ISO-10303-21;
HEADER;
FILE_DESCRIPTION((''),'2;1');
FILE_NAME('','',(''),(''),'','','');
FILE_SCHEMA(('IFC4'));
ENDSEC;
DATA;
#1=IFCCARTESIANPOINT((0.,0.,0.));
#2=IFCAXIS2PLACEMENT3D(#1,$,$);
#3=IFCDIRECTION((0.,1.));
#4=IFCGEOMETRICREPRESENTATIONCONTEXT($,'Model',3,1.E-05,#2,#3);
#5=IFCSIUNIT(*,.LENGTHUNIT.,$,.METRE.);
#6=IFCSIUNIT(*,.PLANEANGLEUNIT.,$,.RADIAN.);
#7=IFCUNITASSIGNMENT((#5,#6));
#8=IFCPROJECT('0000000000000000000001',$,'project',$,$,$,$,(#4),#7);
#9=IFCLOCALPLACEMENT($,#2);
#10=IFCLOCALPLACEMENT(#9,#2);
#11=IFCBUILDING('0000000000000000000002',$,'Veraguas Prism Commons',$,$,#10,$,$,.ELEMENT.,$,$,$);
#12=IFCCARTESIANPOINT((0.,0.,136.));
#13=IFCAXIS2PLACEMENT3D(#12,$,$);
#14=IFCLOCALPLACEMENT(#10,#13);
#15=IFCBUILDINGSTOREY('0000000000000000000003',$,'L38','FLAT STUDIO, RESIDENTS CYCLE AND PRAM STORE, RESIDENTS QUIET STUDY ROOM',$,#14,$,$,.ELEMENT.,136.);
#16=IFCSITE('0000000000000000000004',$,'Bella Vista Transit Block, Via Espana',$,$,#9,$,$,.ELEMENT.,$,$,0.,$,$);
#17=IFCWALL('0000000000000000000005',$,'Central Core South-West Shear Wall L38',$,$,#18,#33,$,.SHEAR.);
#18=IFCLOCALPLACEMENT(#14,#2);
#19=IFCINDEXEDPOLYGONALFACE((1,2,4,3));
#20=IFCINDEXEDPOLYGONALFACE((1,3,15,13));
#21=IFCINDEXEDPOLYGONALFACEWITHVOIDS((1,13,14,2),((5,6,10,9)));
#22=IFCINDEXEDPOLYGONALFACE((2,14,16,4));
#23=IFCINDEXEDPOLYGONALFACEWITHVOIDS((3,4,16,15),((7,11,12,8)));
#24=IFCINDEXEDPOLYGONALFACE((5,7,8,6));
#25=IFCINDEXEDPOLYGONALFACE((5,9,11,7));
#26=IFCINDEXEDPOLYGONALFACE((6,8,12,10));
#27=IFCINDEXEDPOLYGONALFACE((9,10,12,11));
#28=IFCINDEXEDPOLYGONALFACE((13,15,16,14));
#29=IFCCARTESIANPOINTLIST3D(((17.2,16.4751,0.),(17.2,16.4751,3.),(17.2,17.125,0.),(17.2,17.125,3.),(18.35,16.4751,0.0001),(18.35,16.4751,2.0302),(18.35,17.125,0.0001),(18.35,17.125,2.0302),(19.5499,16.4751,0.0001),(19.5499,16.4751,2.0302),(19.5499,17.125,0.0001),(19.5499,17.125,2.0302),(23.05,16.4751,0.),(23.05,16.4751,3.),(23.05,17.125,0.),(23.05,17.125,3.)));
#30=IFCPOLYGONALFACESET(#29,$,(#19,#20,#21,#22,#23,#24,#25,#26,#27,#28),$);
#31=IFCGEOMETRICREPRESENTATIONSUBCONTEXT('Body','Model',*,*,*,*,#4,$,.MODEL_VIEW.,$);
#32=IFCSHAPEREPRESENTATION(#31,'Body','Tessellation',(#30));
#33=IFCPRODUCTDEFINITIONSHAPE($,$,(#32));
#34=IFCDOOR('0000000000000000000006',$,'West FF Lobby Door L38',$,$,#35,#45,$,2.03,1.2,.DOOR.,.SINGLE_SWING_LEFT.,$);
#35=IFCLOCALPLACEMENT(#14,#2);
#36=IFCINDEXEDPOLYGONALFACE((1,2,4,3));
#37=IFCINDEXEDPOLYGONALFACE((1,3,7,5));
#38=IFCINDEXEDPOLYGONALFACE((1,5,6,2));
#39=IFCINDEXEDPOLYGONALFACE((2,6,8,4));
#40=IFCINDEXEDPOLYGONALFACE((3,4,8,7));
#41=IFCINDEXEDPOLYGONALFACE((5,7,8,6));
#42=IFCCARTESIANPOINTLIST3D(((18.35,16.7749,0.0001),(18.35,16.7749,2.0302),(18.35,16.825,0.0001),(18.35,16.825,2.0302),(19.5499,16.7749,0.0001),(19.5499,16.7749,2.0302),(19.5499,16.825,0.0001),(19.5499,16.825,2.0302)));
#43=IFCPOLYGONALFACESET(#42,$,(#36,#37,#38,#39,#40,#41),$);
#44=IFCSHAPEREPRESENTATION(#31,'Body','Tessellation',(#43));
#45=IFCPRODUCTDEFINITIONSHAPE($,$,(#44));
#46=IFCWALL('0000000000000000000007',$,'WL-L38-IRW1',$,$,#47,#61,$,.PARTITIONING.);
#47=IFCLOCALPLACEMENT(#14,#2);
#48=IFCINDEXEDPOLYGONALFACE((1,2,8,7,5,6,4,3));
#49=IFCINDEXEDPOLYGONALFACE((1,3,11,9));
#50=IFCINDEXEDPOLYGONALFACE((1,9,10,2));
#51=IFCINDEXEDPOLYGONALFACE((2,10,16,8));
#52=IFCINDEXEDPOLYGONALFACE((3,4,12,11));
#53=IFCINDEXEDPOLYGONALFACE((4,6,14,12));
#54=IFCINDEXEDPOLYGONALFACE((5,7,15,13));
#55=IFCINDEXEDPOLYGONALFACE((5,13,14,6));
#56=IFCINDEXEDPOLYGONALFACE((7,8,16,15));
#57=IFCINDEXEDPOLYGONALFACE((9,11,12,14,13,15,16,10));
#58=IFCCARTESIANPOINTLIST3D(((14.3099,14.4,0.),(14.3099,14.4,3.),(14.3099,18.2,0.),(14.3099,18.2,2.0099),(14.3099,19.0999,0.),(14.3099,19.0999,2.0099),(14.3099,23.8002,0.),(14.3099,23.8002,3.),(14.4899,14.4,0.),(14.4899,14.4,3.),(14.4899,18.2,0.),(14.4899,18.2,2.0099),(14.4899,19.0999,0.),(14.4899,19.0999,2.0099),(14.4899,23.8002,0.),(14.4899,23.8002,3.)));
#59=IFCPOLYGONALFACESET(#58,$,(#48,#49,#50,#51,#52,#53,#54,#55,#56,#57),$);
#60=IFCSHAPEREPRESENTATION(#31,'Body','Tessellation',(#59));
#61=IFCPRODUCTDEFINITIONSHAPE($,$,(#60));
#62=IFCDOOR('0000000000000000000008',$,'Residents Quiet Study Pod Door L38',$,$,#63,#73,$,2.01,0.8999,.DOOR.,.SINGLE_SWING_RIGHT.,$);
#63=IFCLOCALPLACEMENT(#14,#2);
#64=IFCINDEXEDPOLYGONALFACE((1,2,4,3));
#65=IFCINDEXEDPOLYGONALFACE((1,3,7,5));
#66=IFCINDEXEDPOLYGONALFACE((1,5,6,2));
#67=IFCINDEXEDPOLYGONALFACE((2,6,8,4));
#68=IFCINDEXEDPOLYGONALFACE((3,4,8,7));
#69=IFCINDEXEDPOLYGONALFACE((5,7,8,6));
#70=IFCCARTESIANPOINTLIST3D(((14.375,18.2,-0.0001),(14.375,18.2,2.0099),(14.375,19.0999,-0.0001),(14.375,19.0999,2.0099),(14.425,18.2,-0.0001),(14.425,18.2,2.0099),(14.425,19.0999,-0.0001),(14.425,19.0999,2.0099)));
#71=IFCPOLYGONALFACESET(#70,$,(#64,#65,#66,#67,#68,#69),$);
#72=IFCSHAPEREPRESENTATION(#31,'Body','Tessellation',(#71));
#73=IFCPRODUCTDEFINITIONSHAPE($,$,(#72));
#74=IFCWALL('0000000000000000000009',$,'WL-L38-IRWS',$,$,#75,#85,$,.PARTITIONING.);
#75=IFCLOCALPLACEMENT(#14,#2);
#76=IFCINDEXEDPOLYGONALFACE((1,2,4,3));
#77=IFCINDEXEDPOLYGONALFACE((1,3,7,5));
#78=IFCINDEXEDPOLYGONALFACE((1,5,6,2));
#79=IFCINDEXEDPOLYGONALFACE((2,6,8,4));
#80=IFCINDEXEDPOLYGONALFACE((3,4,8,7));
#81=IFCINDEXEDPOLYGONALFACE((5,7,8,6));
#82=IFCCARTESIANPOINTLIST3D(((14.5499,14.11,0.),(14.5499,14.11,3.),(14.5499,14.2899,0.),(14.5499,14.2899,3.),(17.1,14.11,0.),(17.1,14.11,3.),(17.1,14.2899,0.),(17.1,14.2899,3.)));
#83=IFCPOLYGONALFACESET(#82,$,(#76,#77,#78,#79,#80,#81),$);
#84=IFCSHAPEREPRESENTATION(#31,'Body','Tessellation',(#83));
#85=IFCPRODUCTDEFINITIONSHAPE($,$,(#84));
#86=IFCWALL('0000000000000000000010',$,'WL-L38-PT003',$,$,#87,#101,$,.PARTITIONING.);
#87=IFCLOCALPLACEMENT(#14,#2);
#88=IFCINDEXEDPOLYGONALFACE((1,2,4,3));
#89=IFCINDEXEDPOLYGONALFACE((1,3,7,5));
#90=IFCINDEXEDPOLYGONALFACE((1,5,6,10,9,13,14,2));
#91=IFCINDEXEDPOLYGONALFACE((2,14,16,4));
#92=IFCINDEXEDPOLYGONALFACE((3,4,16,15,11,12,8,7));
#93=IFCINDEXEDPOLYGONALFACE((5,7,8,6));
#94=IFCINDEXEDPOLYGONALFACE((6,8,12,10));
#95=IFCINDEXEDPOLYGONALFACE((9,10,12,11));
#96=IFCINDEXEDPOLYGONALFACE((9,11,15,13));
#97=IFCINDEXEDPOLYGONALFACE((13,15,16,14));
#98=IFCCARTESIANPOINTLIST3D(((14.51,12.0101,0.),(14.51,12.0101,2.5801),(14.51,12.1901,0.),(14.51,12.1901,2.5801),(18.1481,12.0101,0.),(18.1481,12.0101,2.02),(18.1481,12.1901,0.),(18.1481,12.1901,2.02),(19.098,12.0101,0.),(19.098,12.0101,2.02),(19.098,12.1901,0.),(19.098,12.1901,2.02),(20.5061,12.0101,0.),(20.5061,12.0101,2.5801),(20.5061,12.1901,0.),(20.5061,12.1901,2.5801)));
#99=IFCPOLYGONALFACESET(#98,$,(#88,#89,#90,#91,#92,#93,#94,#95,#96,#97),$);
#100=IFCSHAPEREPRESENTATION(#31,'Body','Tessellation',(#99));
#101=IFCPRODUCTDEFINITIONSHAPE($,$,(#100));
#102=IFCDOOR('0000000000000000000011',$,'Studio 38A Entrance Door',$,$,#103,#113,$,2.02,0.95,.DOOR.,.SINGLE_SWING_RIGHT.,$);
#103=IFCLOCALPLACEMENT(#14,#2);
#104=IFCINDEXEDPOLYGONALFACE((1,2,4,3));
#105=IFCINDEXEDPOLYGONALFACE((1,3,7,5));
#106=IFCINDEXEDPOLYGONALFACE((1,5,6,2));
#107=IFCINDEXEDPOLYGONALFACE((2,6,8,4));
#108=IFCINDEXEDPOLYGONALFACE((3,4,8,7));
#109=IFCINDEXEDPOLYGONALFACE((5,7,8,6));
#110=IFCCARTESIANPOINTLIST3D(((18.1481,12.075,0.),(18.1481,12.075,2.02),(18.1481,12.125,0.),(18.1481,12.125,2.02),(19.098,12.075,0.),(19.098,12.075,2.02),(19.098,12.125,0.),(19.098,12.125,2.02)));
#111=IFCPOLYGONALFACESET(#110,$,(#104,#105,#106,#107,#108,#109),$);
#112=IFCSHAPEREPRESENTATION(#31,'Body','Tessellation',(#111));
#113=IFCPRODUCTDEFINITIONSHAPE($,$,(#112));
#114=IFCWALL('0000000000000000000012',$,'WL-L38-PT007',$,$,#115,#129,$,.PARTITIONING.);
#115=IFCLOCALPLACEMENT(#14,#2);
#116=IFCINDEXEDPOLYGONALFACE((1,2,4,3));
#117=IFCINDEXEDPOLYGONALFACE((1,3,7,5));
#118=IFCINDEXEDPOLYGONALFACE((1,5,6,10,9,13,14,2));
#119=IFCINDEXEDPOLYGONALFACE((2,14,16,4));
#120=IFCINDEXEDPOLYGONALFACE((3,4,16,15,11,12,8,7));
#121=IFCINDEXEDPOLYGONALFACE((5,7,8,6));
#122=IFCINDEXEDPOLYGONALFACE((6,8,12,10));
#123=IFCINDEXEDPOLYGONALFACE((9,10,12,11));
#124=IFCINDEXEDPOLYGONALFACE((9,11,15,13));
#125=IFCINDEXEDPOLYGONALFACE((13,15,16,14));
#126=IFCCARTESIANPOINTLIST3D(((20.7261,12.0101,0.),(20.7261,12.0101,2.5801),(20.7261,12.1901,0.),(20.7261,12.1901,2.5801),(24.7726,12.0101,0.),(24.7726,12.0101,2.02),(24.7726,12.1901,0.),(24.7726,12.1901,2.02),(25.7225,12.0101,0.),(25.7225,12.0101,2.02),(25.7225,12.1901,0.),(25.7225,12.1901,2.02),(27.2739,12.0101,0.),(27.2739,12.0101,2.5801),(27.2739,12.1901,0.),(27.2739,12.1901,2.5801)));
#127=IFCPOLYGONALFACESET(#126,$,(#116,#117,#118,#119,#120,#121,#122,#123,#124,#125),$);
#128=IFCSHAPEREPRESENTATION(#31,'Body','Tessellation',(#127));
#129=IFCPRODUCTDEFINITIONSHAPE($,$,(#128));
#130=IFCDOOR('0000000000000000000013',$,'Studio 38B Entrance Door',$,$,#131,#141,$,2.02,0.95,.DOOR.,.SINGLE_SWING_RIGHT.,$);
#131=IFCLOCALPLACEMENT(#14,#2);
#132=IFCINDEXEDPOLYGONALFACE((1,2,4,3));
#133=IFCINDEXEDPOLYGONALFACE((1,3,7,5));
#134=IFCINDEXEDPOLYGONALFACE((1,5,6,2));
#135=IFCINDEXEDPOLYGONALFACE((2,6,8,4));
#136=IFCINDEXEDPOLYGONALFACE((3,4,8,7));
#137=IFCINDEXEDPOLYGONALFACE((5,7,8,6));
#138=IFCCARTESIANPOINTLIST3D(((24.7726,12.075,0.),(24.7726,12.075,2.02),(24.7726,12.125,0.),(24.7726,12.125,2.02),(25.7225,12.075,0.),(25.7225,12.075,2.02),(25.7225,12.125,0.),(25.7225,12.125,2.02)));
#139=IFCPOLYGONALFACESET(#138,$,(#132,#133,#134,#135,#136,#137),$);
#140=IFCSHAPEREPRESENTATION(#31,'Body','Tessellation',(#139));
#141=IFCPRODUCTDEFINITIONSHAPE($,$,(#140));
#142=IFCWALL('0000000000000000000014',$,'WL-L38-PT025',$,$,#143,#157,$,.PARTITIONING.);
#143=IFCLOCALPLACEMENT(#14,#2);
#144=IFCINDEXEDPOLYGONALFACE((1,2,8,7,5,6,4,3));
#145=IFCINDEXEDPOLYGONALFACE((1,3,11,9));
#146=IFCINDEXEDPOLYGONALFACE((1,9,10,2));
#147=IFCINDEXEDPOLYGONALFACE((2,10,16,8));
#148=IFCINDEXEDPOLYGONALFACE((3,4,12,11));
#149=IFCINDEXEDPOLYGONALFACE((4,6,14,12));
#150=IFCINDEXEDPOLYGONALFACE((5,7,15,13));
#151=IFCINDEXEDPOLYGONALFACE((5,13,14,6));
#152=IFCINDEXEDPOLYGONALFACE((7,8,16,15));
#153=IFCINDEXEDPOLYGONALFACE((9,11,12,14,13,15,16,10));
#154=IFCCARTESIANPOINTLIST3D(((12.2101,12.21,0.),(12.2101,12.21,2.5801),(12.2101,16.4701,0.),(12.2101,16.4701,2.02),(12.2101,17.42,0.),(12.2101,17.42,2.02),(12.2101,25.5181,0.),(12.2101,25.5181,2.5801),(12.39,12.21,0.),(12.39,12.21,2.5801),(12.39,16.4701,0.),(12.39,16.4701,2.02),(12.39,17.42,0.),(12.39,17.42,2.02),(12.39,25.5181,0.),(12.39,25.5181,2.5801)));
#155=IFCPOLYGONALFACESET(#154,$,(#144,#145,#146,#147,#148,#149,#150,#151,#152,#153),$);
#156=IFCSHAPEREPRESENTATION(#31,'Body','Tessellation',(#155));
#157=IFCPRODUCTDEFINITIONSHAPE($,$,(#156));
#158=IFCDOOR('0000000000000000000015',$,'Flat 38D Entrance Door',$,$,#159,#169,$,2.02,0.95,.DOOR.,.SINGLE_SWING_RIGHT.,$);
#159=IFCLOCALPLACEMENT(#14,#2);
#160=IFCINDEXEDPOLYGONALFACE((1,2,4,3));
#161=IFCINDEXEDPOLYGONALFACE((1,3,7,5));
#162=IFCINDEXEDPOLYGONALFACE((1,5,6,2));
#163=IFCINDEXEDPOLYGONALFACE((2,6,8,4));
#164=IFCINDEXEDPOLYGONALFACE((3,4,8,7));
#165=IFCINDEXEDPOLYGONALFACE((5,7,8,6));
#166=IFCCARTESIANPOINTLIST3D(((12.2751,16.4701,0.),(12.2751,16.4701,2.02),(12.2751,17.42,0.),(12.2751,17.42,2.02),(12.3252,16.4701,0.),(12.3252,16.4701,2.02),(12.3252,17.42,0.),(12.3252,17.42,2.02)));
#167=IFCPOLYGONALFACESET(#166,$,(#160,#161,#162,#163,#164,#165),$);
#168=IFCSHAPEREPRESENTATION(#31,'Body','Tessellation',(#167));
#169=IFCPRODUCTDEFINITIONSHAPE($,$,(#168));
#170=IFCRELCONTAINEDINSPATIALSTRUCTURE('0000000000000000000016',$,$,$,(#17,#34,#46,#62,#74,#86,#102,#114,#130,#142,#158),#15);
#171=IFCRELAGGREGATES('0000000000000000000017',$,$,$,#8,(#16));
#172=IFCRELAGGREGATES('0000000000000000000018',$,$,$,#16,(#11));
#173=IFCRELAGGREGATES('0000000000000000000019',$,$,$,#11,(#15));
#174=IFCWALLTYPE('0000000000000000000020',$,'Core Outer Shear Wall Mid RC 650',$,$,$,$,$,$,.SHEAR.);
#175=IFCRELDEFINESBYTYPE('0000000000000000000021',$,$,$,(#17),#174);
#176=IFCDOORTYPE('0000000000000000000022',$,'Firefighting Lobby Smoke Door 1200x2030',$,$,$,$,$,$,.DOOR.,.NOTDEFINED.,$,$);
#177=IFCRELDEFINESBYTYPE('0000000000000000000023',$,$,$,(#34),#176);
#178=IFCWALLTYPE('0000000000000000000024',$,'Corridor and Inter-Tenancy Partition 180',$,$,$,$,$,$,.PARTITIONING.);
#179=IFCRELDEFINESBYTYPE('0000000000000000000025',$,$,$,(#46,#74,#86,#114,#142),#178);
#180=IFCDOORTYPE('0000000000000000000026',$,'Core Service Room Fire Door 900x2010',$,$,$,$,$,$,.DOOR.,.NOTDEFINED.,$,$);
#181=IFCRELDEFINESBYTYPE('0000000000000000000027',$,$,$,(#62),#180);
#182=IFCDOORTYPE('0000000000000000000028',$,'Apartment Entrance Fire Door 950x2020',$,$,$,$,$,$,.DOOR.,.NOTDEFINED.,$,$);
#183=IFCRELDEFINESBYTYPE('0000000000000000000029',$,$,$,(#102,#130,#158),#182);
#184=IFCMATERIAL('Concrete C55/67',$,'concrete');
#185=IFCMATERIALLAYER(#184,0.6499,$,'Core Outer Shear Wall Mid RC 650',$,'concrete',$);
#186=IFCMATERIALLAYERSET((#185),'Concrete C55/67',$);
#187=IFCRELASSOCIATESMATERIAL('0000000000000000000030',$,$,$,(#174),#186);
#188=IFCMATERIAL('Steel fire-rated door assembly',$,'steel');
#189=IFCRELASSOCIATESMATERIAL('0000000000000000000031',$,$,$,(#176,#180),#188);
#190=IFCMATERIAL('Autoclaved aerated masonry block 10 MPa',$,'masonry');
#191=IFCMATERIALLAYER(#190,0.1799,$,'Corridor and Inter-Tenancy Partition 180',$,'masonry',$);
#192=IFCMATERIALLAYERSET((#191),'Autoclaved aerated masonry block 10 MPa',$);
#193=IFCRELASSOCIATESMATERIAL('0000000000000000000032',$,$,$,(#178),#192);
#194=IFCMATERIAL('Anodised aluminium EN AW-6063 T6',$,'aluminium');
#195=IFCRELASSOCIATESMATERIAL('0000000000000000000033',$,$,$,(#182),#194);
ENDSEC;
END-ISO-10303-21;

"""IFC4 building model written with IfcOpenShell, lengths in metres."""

from ifc_helpers import new_model, si_unit, direction, frame, frame_2d, origin, place, context, subcontext, project, spatial, rectangle, extrude, source, transform, mapped, material, layer, layer_set, type_object, element, fill, save


model = new_model("IFC4")

# Units and contexts
model_context = context("Model", 3, precision=1e-05, world=origin(), true_north=direction((0.0, 1.0)))
body_context = subcontext(model_context, "Body", "Model", "MODEL_VIEW")
ifc_project = project(units=[si_unit("LENGTHUNIT", "METRE"), si_unit("PLANEANGLEUNIT", "RADIAN")], contexts=[model_context])

# Site, building, storey
site_placement = place(None, origin())
site = spatial("IfcSite", under=ifc_project, at=site_placement, Name="Bella Vista Transit Block, Via Espana", CompositionType="ELEMENT", RefElevation=0.0)
building_placement = place(site_placement, origin())
building = spatial("IfcBuilding", under=site, at=building_placement, Name="Veraguas Prism Commons", CompositionType="ELEMENT")
storey_placement = place(building_placement, frame((0.0, 0.0, 136.0)))
storey = spatial("IfcBuildingStorey", under=building, at=storey_placement, Name="L38", Description="FLAT STUDIO, RESIDENTS CYCLE AND PRAM STORE, RESIDENTS QUIET STUDY ROOM", CompositionType="ELEMENT", Elevation=136.0)

# Shared definitions
ifc_material_1 = material(Name="Steel fire-rated door assembly", Category="steel")

# Shared definitions
ifc_material_2 = material(Name="Concrete C55/67", Category="concrete")
ifc_layer_1 = layer(ifc_material_2, 0.6499, Name="Core Outer Shear Wall Mid RC 650", Category="concrete")
ifc_layer_set_1 = layer_set([ifc_layer_1], Name="Concrete C55/67")
wall_type_1 = type_object("IfcWallType", Name="Core Outer Shear Wall Mid RC 650", PredefinedType="SHEAR", material=ifc_layer_set_1)

# Walls, openings, doors
wall_1_placement = place(storey_placement, frame((17.2, 16.8, 0.0), z_axis=(0.0, 0.0, 1.0), x_axis=(1.0, 0.0, 0.0)))
wall_1 = element("IfcWall", 1, at=wall_1_placement, inside=storey, type_object=wall_type_1, Name="Central Core South-West Shear Wall L38", PredefinedType="SHEAR", context=body_context, shape_type="SweptSolid", body=[
    extrude(rectangle(XDim=5.8501, YDim=0.6499, at=frame_2d((2.925, 0.0))), origin(), (0.0, 0.0, 1.0), 3.0),
])
opening_1_placement = place(wall_1_placement, frame((1.1499, 0.0, 0.0)))
opening_1 = element("IfcOpeningElement", 2, at=opening_1_placement, cuts=wall_1, PredefinedType="OPENING", context=body_context, shape_type="SweptSolid", body=[
    extrude(rectangle(XDim=1.2, YDim=2.03, at=frame_2d((0.6001, 1.0151))), frame((0.0, 0.335, 0.0), z_axis=(0.0, -1.0, 0.0), x_axis=(1.0, 0.0, 0.0)), (0.0, 0.0, 1.0), 0.6699),
])
door_type_1 = type_object("IfcDoorType", Name="Firefighting Lobby Smoke Door 1200x2030", OperationType="NOTDEFINED", PredefinedType="DOOR", material=ifc_material_1)
shared_shape_1 = source(origin(), body_context, "Body", "SweptSolid", [
    extrude(rectangle(XDim=1.2, YDim=2.03, at=frame_2d((0.6001, 1.0151))), frame((0.0, 0.0249, 0.0), z_axis=(0.0, -1.0, 0.0), x_axis=(1.0, 0.0, 0.0)), (0.0, 0.0, 1.0), 0.05),
])
door_1_placement = place(opening_1_placement, origin())
door_1 = element("IfcDoor", 3, at=door_1_placement, inside=storey, type_object=door_type_1, Name="West FF Lobby Door L38", OperationType="SINGLE_SWING_LEFT", OverallHeight=2.03, OverallWidth=1.2, PredefinedType="DOOR", context=body_context, shape_type="MappedRepresentation", body=[
    mapped(shared_shape_1, transform((0.0, 0.0, 0.0), scale=1.0)),
])
fill(opening_1, door_1)
ifc_material_3 = material(Name="Autoclaved aerated masonry block 10 MPa", Category="masonry")
ifc_layer_2 = layer(ifc_material_3, 0.1799, Name="Corridor and Inter-Tenancy Partition 180", Category="masonry")
ifc_layer_set_2 = layer_set([ifc_layer_2], Name="Autoclaved aerated masonry block 10 MPa")
wall_type_2 = type_object("IfcWallType", Name="Corridor and Inter-Tenancy Partition 180", PredefinedType="PARTITIONING", material=ifc_layer_set_2)
wall_2_placement = place(storey_placement, frame((14.3999, 14.3999, 0.0), z_axis=(0.0, 0.0, 1.0), x_axis=(0.0, 1.0, 0.0)))
wall_2 = element("IfcWall", 4, at=wall_2_placement, inside=storey, type_object=wall_type_2, Name="WL-L38-IRW1", PredefinedType="PARTITIONING", context=body_context, shape_type="SweptSolid", body=[
    extrude(rectangle(XDim=9.4001, YDim=0.1799, at=frame_2d((4.7002, 0.0))), origin(), (0.0, 0.0, 1.0), 3.0),
])
opening_2_placement = place(wall_2_placement, frame((3.8, 0.0, 0.0)))
opening_2 = element("IfcOpeningElement", 5, at=opening_2_placement, cuts=wall_2, PredefinedType="OPENING", context=body_context, shape_type="SweptSolid", body=[
    extrude(rectangle(XDim=0.8999, YDim=2.01, at=frame_2d((0.45, 1.0049))), frame((0.0, 0.0999, 0.0), z_axis=(0.0, -1.0, 0.0), x_axis=(1.0, 0.0, 0.0)), (0.0, 0.0, 1.0), 0.2),
])
door_type_2 = type_object("IfcDoorType", Name="Core Service Room Fire Door 900x2010", OperationType="NOTDEFINED", PredefinedType="DOOR", material=ifc_material_1)
shared_shape_2 = source(origin(), body_context, "Body", "SweptSolid", [
    extrude(rectangle(XDim=0.8999, YDim=2.01, at=frame_2d((0.45, 1.0049))), frame((0.0, 0.0249, 0.0), z_axis=(0.0, -1.0, 0.0), x_axis=(1.0, 0.0, 0.0)), (0.0, 0.0, 1.0), 0.05),
])
door_2_placement = place(opening_2_placement, origin())
door_2 = element("IfcDoor", 6, at=door_2_placement, inside=storey, type_object=door_type_2, Name="Residents Quiet Study Pod Door L38", OperationType="SINGLE_SWING_RIGHT", OverallHeight=2.01, OverallWidth=0.8999, PredefinedType="DOOR", context=body_context, shape_type="MappedRepresentation", body=[
    mapped(shared_shape_2, transform((0.0, 0.0, 0.0), scale=1.0)),
])
fill(opening_2, door_2)

# Wall
wall_3_placement = place(storey_placement, frame((14.55, 14.2, 0.0), z_axis=(0.0, 0.0, 1.0), x_axis=(1.0, 0.0, 0.0)))
element("IfcWall", 7, at=wall_3_placement, inside=storey, type_object=wall_type_2, Name="WL-L38-IRWS", PredefinedType="PARTITIONING", context=body_context, shape_type="SweptSolid", body=[
    extrude(rectangle(XDim=2.55, YDim=0.1799, at=frame_2d((1.2749, 0.0))), origin(), (0.0, 0.0, 1.0), 3.0),
])

# Walls, openings, doors
wall_4_placement = place(storey_placement, frame((14.51, 12.1001, 0.0), z_axis=(0.0, 0.0, 1.0), x_axis=(1.0, 0.0, 0.0)))
wall_4 = element("IfcWall", 8, at=wall_4_placement, inside=storey, type_object=wall_type_2, Name="WL-L38-PT003", PredefinedType="PARTITIONING", context=body_context, shape_type="SweptSolid", body=[
    extrude(rectangle(XDim=5.9961, YDim=0.1799, at=frame_2d((2.998, 0.0))), origin(), (0.0, 0.0, 1.0), 2.5801),
])
opening_3_placement = place(wall_4_placement, frame((3.6379, 0.0, 0.0)))
opening_3 = element("IfcOpeningElement", 9, at=opening_3_placement, cuts=wall_4, PredefinedType="OPENING", context=body_context, shape_type="SweptSolid", body=[
    extrude(rectangle(XDim=0.95, YDim=2.02, at=frame_2d((0.4751, 1.01))), frame((0.0, 0.0999, 0.0), z_axis=(0.0, -1.0, 0.0), x_axis=(1.0, 0.0, 0.0)), (0.0, 0.0, 1.0), 0.2),
])
ifc_material_4 = material(Name="Anodised aluminium EN AW-6063 T6", Category="aluminium")
door_type_3 = type_object("IfcDoorType", Name="Apartment Entrance Fire Door 950x2020", OperationType="NOTDEFINED", PredefinedType="DOOR", material=ifc_material_4)
shared_shape_3 = source(origin(), body_context, "Body", "SweptSolid", [
    extrude(rectangle(XDim=0.95, YDim=2.02, at=frame_2d((0.4751, 1.01))), frame((0.0, 0.0249, 0.0), z_axis=(0.0, -1.0, 0.0), x_axis=(1.0, 0.0, 0.0)), (0.0, 0.0, 1.0), 0.05),
])
door_3_placement = place(opening_3_placement, origin())
door_3 = element("IfcDoor", 10, at=door_3_placement, inside=storey, type_object=door_type_3, Name="Studio 38A Entrance Door", OperationType="SINGLE_SWING_RIGHT", OverallHeight=2.02, OverallWidth=0.95, PredefinedType="DOOR", context=body_context, shape_type="MappedRepresentation", body=[
    mapped(shared_shape_3, transform((0.0, 0.0, 0.0), scale=1.0)),
])
fill(opening_3, door_3)
wall_5_placement = place(storey_placement, frame((20.7261, 12.1001, 0.0), z_axis=(0.0, 0.0, 1.0), x_axis=(1.0, 0.0, 0.0)))
wall_5 = element("IfcWall", 11, at=wall_5_placement, inside=storey, type_object=wall_type_2, Name="WL-L38-PT007", PredefinedType="PARTITIONING", context=body_context, shape_type="SweptSolid", body=[
    extrude(rectangle(XDim=6.5479, YDim=0.1799, at=frame_2d((3.2739, 0.0))), origin(), (0.0, 0.0, 1.0), 2.5801),
])
opening_4_placement = place(wall_5_placement, frame((4.0464, 0.0, 0.0)))
opening_4 = element("IfcOpeningElement", 12, at=opening_4_placement, cuts=wall_5, PredefinedType="OPENING", context=body_context, shape_type="SweptSolid", body=[
    extrude(rectangle(XDim=0.95, YDim=2.02, at=frame_2d((0.4751, 1.01))), frame((0.0, 0.0999, 0.0), z_axis=(0.0, -1.0, 0.0), x_axis=(1.0, 0.0, 0.0)), (0.0, 0.0, 1.0), 0.2),
])
door_4_placement = place(opening_4_placement, origin())
door_4 = element("IfcDoor", 13, at=door_4_placement, inside=storey, type_object=door_type_3, Name="Studio 38B Entrance Door", OperationType="SINGLE_SWING_RIGHT", OverallHeight=2.02, OverallWidth=0.95, PredefinedType="DOOR", context=body_context, shape_type="MappedRepresentation", body=[
    mapped(shared_shape_3, transform((0.0, 0.0, 0.0), scale=1.0)),
])
fill(opening_4, door_4)
wall_6_placement = place(storey_placement, frame((12.3, 12.21, 0.0), z_axis=(0.0, 0.0, 1.0), x_axis=(0.0, 1.0, 0.0)))
wall_6 = element("IfcWall", 14, at=wall_6_placement, inside=storey, type_object=wall_type_2, Name="WL-L38-PT025", PredefinedType="PARTITIONING", context=body_context, shape_type="SweptSolid", body=[
    extrude(rectangle(XDim=13.3081, YDim=0.1799, at=frame_2d((6.6541, 0.0))), origin(), (0.0, 0.0, 1.0), 2.5801),
])
opening_5_placement = place(wall_6_placement, frame((4.26, 0.0, 0.0)))
opening_5 = element("IfcOpeningElement", 15, at=opening_5_placement, cuts=wall_6, PredefinedType="OPENING", context=body_context, shape_type="SweptSolid", body=[
    extrude(rectangle(XDim=0.95, YDim=2.02, at=frame_2d((0.4751, 1.01))), frame((0.0, 0.0999, 0.0), z_axis=(0.0, -1.0, 0.0), x_axis=(1.0, 0.0, 0.0)), (0.0, 0.0, 1.0), 0.2),
])
door_5_placement = place(opening_5_placement, origin())
door_5 = element("IfcDoor", 16, at=door_5_placement, inside=storey, type_object=door_type_3, Name="Flat 38D Entrance Door", OperationType="SINGLE_SWING_RIGHT", OverallHeight=2.02, OverallWidth=0.95, PredefinedType="DOOR", context=body_context, shape_type="MappedRepresentation", body=[
    mapped(shared_shape_3, transform((0.0, 0.0, 0.0), scale=1.0)),
])
fill(opening_5, door_5)

save(model, "model.ifc")
